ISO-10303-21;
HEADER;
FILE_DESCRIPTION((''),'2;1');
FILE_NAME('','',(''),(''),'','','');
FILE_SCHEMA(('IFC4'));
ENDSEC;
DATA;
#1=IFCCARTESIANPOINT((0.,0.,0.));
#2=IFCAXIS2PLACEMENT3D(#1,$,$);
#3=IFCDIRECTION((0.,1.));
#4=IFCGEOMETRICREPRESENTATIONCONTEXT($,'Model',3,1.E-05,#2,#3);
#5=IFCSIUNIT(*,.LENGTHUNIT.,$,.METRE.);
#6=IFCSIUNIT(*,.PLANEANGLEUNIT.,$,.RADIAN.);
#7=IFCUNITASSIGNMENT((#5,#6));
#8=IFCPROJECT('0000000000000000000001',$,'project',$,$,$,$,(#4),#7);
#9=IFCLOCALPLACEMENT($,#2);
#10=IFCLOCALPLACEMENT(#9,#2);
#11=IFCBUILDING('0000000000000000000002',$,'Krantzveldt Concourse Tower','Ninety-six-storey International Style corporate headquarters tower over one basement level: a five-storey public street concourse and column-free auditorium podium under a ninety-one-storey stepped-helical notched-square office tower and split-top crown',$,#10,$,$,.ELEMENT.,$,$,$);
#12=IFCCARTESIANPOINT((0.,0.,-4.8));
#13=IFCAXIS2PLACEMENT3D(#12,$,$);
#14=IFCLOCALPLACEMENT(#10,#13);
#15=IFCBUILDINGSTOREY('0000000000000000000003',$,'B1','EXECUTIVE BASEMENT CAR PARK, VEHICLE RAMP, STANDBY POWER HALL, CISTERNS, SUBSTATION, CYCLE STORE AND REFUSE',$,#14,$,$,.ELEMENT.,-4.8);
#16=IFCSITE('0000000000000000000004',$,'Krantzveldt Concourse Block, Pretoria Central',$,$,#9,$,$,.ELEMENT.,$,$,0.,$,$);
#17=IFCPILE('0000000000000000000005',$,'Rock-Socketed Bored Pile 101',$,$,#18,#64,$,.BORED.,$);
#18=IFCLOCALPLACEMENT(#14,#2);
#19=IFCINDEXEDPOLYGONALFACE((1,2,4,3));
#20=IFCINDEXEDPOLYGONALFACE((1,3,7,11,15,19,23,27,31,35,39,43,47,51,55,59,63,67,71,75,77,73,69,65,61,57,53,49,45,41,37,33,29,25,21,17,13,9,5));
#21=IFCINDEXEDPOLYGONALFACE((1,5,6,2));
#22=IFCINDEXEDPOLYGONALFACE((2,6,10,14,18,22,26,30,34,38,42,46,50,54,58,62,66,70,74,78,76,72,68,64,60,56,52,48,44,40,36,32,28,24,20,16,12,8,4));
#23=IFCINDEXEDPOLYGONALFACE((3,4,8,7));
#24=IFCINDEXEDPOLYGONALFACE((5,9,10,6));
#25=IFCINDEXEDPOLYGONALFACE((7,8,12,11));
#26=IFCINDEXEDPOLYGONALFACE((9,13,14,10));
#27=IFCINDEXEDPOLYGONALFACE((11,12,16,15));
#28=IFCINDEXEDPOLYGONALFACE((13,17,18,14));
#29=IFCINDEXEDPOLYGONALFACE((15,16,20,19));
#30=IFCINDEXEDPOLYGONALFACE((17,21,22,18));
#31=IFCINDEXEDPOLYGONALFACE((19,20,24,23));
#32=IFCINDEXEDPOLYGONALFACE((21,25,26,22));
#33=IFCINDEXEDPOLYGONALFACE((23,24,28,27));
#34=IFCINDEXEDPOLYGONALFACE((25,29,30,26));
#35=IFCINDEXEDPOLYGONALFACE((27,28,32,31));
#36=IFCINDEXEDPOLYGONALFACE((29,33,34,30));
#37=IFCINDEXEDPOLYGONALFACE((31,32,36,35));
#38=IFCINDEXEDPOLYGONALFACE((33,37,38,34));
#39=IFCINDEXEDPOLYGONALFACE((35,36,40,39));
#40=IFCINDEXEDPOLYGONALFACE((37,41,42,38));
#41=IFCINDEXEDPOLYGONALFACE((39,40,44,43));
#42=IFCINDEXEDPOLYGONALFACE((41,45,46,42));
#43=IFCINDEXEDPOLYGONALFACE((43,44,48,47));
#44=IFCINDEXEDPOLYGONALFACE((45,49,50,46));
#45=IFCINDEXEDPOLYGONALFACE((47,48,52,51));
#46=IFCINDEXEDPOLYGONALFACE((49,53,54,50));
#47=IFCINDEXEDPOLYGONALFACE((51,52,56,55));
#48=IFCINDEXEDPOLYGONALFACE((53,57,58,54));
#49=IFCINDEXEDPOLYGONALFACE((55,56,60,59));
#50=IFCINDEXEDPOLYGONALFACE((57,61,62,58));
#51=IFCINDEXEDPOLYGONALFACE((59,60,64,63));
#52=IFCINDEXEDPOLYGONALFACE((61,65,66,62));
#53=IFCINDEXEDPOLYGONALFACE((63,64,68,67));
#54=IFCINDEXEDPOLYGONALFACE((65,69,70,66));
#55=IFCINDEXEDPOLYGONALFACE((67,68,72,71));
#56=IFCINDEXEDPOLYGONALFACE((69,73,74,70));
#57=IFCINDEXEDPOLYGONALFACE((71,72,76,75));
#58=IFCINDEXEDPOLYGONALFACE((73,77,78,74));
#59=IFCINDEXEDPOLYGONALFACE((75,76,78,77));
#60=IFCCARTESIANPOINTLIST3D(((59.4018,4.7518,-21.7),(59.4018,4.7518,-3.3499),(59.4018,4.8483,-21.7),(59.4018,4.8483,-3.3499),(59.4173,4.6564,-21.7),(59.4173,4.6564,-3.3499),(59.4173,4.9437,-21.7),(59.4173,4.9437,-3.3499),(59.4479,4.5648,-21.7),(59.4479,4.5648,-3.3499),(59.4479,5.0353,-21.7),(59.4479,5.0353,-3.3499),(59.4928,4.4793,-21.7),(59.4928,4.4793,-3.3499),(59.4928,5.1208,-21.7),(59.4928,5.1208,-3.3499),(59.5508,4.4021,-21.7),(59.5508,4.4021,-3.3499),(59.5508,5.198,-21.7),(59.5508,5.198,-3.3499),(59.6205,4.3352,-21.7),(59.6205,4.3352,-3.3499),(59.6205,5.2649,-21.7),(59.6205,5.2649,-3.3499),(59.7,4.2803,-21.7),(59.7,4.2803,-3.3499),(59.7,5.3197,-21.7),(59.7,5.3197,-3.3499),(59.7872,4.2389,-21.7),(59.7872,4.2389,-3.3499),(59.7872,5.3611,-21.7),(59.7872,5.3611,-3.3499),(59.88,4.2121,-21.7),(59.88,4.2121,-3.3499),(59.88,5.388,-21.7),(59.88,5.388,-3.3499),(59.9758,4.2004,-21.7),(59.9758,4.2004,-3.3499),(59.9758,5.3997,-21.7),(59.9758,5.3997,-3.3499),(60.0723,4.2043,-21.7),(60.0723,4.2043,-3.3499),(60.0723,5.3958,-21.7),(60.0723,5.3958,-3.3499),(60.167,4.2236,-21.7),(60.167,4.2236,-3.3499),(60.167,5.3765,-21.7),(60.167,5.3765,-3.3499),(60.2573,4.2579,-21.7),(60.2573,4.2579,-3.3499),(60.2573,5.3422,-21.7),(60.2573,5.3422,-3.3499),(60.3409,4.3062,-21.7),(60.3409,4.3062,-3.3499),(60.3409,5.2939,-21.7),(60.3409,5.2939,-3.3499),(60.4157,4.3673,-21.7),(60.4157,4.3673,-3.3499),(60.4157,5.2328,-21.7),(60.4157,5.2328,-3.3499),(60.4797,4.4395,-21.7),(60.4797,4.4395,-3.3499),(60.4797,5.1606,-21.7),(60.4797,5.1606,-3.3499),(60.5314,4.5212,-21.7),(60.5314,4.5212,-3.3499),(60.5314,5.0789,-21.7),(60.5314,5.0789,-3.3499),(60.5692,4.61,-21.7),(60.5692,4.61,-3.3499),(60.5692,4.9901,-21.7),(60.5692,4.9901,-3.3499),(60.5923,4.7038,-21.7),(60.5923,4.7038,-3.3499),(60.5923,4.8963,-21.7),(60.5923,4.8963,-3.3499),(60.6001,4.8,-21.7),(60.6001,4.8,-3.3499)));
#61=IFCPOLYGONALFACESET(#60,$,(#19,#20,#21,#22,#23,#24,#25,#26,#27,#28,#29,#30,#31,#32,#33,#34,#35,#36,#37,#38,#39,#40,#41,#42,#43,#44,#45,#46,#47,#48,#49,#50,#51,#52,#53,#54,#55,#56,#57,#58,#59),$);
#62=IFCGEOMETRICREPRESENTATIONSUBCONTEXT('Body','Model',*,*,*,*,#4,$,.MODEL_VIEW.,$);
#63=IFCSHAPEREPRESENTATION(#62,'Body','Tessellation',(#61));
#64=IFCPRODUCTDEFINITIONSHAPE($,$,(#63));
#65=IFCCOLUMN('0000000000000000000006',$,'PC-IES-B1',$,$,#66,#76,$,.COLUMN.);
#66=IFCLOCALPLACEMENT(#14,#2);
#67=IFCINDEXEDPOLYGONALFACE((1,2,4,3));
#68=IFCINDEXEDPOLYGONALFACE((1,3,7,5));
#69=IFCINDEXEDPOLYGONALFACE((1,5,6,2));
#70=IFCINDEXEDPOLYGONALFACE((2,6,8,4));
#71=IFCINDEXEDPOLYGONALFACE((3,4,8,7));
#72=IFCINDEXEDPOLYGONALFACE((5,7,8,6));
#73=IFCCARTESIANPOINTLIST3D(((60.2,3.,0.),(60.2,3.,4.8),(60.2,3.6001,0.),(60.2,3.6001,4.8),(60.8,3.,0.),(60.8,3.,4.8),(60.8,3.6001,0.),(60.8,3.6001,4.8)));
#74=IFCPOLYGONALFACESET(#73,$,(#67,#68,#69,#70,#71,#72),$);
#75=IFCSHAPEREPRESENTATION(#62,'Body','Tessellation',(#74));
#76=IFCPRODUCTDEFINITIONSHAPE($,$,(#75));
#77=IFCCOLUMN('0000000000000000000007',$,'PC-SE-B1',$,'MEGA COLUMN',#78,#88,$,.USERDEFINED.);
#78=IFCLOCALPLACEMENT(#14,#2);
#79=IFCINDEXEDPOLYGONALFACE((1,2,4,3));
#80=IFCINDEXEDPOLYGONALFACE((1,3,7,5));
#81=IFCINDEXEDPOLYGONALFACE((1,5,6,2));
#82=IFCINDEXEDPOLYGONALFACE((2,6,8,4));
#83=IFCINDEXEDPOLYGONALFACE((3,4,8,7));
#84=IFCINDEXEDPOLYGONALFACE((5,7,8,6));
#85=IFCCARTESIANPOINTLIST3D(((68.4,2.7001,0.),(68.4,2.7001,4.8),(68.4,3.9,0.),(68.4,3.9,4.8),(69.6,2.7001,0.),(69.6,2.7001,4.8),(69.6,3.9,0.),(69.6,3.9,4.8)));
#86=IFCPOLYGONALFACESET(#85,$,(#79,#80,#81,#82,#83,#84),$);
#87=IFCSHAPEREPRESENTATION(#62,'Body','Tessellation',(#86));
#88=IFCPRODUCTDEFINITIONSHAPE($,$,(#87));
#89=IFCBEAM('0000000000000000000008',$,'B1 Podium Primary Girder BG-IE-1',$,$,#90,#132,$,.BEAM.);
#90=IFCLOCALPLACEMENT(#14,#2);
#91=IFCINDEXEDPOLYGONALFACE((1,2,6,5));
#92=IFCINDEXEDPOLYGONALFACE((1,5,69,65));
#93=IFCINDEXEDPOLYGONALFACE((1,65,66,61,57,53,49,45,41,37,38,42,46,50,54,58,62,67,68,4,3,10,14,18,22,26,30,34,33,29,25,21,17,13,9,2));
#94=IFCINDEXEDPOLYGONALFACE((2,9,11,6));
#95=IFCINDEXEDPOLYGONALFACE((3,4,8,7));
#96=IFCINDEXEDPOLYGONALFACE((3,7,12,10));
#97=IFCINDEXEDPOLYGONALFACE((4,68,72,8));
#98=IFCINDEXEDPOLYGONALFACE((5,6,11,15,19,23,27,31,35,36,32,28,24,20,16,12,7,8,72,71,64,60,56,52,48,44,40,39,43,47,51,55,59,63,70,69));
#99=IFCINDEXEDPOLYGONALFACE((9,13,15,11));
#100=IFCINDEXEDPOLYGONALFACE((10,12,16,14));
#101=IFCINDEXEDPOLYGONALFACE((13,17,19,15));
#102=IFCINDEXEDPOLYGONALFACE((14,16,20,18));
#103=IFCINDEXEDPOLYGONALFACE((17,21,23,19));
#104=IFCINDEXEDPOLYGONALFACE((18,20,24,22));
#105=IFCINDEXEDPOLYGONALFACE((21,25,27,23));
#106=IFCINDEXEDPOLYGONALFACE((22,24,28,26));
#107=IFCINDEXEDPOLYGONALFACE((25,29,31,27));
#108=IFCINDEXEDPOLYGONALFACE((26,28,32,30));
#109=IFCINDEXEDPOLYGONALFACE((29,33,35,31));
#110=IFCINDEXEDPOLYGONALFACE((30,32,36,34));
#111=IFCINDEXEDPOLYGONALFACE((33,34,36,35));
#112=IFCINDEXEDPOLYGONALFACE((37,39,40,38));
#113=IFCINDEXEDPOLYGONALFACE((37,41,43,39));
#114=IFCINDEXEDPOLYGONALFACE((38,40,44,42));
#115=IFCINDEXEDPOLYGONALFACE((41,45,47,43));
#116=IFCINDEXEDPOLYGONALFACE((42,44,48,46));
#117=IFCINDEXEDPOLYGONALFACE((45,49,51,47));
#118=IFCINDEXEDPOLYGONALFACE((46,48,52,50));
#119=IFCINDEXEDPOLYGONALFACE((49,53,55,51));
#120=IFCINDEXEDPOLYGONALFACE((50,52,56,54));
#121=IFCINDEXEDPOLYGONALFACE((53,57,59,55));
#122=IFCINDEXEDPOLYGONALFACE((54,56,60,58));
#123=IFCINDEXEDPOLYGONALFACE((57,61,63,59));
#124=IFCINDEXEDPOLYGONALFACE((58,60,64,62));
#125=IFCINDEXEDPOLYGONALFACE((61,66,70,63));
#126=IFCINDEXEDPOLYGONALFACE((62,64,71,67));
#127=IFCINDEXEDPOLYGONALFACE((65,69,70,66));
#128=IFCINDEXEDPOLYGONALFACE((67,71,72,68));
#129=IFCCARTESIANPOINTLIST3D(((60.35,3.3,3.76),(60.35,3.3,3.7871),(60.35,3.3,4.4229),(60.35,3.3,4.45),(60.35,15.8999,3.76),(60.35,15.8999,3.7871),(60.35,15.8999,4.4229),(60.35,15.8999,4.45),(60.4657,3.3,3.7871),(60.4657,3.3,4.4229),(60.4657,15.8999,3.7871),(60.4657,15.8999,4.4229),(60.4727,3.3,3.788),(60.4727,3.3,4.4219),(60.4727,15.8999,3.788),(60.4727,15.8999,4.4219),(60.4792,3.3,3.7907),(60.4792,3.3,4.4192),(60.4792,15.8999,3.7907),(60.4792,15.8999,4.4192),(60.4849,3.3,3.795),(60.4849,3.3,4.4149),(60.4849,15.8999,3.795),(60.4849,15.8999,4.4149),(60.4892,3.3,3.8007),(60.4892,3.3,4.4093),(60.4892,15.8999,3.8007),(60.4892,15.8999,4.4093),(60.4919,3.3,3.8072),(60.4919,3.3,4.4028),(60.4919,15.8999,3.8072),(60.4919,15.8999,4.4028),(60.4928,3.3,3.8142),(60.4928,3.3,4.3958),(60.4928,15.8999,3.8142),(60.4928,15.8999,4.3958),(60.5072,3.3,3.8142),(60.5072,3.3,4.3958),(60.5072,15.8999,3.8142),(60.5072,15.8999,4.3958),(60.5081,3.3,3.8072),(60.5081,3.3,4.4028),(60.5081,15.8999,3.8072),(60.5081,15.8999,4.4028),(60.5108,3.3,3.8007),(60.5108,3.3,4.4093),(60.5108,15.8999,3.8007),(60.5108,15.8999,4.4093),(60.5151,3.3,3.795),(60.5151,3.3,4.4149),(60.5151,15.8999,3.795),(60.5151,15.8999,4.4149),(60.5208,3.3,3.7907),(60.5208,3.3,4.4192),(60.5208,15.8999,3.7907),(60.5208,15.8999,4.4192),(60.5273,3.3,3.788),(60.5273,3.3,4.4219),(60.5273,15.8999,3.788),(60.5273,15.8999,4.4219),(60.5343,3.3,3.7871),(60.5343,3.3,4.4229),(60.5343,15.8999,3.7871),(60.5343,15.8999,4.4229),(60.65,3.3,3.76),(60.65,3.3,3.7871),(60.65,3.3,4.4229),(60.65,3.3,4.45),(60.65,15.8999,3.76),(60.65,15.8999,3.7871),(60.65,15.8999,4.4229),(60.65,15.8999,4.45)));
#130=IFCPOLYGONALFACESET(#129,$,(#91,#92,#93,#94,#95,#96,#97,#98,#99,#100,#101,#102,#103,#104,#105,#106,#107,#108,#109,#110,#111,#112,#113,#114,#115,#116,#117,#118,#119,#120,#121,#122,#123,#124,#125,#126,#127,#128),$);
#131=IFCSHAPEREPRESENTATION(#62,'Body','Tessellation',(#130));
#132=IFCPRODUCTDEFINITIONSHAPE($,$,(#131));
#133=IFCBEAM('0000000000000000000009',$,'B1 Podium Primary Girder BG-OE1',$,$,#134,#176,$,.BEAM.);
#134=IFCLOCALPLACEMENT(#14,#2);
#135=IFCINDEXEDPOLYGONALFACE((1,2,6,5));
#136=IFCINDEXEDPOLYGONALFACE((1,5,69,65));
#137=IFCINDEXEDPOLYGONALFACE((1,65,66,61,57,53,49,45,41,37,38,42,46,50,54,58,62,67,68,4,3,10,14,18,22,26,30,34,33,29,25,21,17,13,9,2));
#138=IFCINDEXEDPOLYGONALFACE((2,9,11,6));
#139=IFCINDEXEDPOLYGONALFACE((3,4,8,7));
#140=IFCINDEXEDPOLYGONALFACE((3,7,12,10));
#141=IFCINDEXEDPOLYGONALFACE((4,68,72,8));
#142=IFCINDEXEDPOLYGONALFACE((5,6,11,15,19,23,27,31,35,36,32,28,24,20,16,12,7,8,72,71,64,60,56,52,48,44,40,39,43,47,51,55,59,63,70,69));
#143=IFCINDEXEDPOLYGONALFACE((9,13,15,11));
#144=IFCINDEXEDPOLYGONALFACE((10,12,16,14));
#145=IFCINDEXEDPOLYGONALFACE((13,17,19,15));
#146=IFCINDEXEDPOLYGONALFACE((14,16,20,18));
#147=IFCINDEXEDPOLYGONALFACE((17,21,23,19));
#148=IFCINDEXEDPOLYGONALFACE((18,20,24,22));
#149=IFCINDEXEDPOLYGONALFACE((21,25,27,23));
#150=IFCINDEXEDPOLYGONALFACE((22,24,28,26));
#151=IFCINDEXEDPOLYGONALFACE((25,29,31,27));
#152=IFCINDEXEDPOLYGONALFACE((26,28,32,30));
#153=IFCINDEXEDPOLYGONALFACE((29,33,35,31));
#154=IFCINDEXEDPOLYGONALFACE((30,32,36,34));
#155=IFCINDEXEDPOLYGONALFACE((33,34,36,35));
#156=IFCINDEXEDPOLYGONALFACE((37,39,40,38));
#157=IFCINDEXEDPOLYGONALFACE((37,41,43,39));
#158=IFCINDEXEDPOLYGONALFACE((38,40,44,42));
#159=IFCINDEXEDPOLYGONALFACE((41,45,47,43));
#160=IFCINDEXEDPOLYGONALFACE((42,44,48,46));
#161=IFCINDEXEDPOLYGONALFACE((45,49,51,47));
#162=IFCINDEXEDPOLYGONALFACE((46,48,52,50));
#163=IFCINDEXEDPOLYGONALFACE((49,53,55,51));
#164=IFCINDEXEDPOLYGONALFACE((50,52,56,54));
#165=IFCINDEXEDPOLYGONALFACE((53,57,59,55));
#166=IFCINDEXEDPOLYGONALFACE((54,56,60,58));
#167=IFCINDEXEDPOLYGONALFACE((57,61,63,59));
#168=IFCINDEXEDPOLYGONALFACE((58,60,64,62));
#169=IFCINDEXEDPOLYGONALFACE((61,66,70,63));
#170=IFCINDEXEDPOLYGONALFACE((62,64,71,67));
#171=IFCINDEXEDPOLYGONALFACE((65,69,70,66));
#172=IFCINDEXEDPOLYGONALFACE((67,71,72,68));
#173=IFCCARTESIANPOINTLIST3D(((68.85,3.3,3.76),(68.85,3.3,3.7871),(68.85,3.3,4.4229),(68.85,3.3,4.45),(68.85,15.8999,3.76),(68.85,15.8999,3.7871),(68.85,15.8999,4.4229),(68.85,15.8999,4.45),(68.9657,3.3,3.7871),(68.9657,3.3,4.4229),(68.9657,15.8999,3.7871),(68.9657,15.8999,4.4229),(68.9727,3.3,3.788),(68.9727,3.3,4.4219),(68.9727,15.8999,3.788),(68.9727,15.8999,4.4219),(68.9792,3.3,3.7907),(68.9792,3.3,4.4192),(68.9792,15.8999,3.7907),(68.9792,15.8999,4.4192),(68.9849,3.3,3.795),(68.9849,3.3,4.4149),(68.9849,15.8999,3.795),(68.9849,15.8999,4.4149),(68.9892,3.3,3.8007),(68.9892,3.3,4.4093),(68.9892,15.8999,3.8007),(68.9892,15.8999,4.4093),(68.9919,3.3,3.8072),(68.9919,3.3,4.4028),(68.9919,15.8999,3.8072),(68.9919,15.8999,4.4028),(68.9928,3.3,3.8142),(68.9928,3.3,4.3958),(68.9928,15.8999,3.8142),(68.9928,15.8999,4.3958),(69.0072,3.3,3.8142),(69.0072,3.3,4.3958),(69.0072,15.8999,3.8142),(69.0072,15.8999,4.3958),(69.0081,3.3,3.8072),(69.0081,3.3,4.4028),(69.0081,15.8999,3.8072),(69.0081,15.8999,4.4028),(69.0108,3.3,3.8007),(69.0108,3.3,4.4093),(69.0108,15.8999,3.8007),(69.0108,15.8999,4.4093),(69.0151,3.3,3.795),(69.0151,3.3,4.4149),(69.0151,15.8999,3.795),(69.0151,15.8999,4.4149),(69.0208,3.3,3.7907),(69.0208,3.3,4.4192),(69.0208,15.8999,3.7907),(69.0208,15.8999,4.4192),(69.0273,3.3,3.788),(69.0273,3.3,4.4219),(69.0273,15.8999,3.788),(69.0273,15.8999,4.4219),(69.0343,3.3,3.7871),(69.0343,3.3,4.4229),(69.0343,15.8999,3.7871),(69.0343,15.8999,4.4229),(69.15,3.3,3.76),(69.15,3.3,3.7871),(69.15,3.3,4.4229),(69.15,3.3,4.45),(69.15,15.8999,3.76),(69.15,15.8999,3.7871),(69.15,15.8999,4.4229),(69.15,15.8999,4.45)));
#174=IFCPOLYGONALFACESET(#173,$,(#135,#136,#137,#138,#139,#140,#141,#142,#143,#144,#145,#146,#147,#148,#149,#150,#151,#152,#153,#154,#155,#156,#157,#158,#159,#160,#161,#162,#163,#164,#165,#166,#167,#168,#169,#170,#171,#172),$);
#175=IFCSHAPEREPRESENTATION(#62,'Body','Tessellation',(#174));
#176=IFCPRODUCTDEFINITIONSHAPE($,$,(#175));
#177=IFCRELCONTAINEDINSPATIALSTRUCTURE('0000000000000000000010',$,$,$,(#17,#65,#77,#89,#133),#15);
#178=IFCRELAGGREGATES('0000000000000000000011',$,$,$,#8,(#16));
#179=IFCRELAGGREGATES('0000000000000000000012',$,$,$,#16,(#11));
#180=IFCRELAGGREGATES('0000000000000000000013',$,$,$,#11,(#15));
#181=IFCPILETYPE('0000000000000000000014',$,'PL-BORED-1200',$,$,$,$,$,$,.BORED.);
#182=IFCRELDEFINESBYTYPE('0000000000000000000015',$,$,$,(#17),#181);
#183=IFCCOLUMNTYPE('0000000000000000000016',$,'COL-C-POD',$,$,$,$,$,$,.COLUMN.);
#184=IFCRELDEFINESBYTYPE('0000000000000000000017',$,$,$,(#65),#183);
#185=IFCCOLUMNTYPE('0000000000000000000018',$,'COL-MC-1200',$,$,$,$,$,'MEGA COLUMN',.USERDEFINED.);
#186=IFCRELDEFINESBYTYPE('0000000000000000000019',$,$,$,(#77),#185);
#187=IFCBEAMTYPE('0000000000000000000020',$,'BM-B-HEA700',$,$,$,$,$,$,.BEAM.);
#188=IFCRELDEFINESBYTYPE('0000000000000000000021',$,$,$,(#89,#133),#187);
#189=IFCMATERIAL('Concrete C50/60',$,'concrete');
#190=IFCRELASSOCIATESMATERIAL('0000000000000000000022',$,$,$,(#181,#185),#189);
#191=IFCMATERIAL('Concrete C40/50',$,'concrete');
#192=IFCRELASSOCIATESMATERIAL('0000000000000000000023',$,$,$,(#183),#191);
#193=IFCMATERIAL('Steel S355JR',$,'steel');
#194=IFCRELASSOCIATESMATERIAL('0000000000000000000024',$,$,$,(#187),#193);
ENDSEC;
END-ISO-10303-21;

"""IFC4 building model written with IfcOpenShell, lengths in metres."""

from ifc_helpers import new_model, si_unit, direction, frame, origin, origin_2d, place, context, subcontext, project, spatial, rectangle, circle, i_section, extrude, source, transform, mapped, material, material_profile, profile_set, type_object, type_shapes, element, save


model = new_model("IFC4")

# Units and contexts
model_context = context("Model", 3, precision=1e-05, world=origin(), true_north=direction((0.0, 1.0)))
body_context = subcontext(model_context, "Body", "Model", "MODEL_VIEW")
ifc_project = project(units=[si_unit("LENGTHUNIT", "METRE"), si_unit("PLANEANGLEUNIT", "RADIAN")], contexts=[model_context])

# Site, building, storey
site_placement = place(None, origin())
site = spatial("IfcSite", under=ifc_project, at=site_placement, Name="Krantzveldt Concourse Block, Pretoria Central", CompositionType="ELEMENT", RefElevation=0.0)
building_placement = place(site_placement, origin())
building = spatial("IfcBuilding", under=site, at=building_placement, Name="Krantzveldt Concourse Tower", Description="Ninety-six-storey International Style corporate headquarters tower over one basement level: a five-storey public street concourse and column-free auditorium podium under a ninety-one-storey stepped-helical notched-square office tower and split-top crown", CompositionType="ELEMENT")
storey_placement = place(building_placement, frame((0.0, 0.0, -4.8)))
storey = spatial("IfcBuildingStorey", under=building, at=storey_placement, Name="B1", Description="EXECUTIVE BASEMENT CAR PARK, VEHICLE RAMP, STANDBY POWER HALL, CISTERNS, SUBSTATION, CYCLE STORE AND REFUSE", CompositionType="ELEMENT", Elevation=-4.8)

# Shared definitions
ifc_material_1 = material(Name="Concrete C50/60", Category="concrete")
ifc_material_profile_1 = material_profile(ifc_material_1, circle(Radius=0.6001, at=origin_2d()), Name="Concrete C50/60", Category="concrete")
ifc_profile_set_1 = profile_set([ifc_material_profile_1], Name="Concrete C50/60 - PILE D1200")
pile_type = type_object("IfcPileType", Name="PL-BORED-1200", PredefinedType="BORED", material=ifc_profile_set_1)

# Shared definitions
ifc_material_2 = material(Name="Concrete C40/50", Category="concrete")

# Pile
shared_shape_1 = source(origin(), body_context, "Body", "SweptSolid", [
    extrude(circle(Radius=0.6001, at=origin_2d()), origin(), (0.0, 0.0, 1.0), 18.3501),
])
for number, where, z_axis, x_axis, name in (
    (1, (60.0, 4.8, -3.3499), (0.0, 0.0, -1.0), (1.0, 0.0, 0.0), "Rock-Socketed Bored Pile 101"),
):
    element("IfcPile", number, at=place(storey_placement, frame(where, z_axis=z_axis, x_axis=x_axis)), inside=storey, type_object=pile_type, Name=name, PredefinedType="BORED", context=body_context, shape_type="MappedRepresentation", body=[
        mapped(shared_shape_1, transform((0.0, 0.0, 0.0), x_axis=(1.0, 0.0, 0.0), y_axis=(0.0, 1.0, 0.0), z_axis=(0.0, 0.0, 1.0), scale=1.0)),
    ])

# Columns
ifc_material_profile_2 = material_profile(ifc_material_2, rectangle(XDim=0.6001, YDim=0.6001, at=origin_2d()), Name="Concrete C40/50", Category="concrete")
ifc_profile_set_2 = profile_set([ifc_material_profile_2], Name="Concrete C40/50 - RC 600x600")
column_type_1 = type_object("IfcColumnType", Name="COL-C-POD", PredefinedType="COLUMN", material=ifc_profile_set_2)
shared_shape_2 = source(origin(), body_context, "Body", "SweptSolid", [
    extrude(rectangle(XDim=0.6001, YDim=0.6001, at=origin_2d()), origin(), (0.0, 0.0, 1.0), 4.8),
])
type_shapes(column_type_1, [shared_shape_2])
column_1_placement = place(storey_placement, frame((60.5, 3.3, 0.0), z_axis=(0.0, 0.0, 1.0), x_axis=(1.0, 0.0, 0.0)))
element("IfcColumn", 2, at=column_1_placement, inside=storey, type_object=column_type_1, Name="PC-IES-B1", PredefinedType="COLUMN", context=body_context, shape_type="MappedRepresentation", body=[
    mapped(shared_shape_2, transform((0.0, 0.0, 0.0), x_axis=(1.0, 0.0, 0.0), y_axis=(0.0, 1.0, 0.0), z_axis=(0.0, 0.0, 1.0), scale=1.0)),
])
ifc_material_profile_3 = material_profile(ifc_material_1, rectangle(XDim=1.2, YDim=1.2, at=origin_2d()), Name="Concrete C50/60", Category="concrete")
ifc_profile_set_3 = profile_set([ifc_material_profile_3], Name="Concrete C50/60 - RC 1200x1200")
column_type_2 = type_object("IfcColumnType", Name="COL-MC-1200", ElementType="MEGA COLUMN", PredefinedType="USERDEFINED", material=ifc_profile_set_3)
shared_shape_3 = source(origin(), body_context, "Body", "SweptSolid", [
    extrude(rectangle(XDim=1.2, YDim=1.2, at=origin_2d()), origin(), (0.0, 0.0, 1.0), 4.8),
])
type_shapes(column_type_2, [shared_shape_3])
column_2_placement = place(storey_placement, frame((69.0, 3.3, 0.0), z_axis=(0.0, 0.0, 1.0), x_axis=(1.0, 0.0, 0.0)))
element("IfcColumn", 3, at=column_2_placement, inside=storey, type_object=column_type_2, Name="PC-SE-B1", ObjectType="MEGA COLUMN", PredefinedType="USERDEFINED", context=body_context, shape_type="MappedRepresentation", body=[
    mapped(shared_shape_3, transform((0.0, 0.0, 0.0), x_axis=(1.0, 0.0, 0.0), y_axis=(0.0, 1.0, 0.0), z_axis=(0.0, 0.0, 1.0), scale=1.0)),
])

# Beams
ifc_material_3 = material(Name="Steel S355JR", Category="steel")
ifc_material_profile_4 = material_profile(ifc_material_3, i_section(OverallWidth=0.3, OverallDepth=0.6899, WebThickness=0.0144, FlangeThickness=0.0271, FilletRadius=0.0271, at=origin_2d()), Name="Steel S355JR", Category="steel")
ifc_profile_set_4 = profile_set([ifc_material_profile_4], Name="Steel S355JR - HEA 700")
beam_type_1 = type_object("IfcBeamType", Name="BM-B-HEA700", PredefinedType="BEAM", material=ifc_profile_set_4)
shared_shape_4 = source(origin(), body_context, "Body", "SweptSolid", [
    extrude(i_section(OverallWidth=0.3, OverallDepth=0.6899, WebThickness=0.0144, FlangeThickness=0.0271, FilletRadius=0.0271, at=origin_2d()), origin(), (0.0, 0.0, 1.0), 12.5999),
])
type_shapes(beam_type_1, [shared_shape_4])
for number, where, z_axis, x_axis, name in (
    (4, (60.5, 3.3, 4.105), (0.0, 1.0, 0.0), (-1.0, 0.0, 0.0), "B1 Podium Primary Girder BG-IE-1"),
    (5, (69.0, 3.3, 4.105), (0.0, 1.0, 0.0), (-1.0, 0.0, 0.0), "B1 Podium Primary Girder BG-OE1"),
):
    element("IfcBeam", number, at=place(storey_placement, frame(where, z_axis=z_axis, x_axis=x_axis)), inside=storey, type_object=beam_type_1, Name=name, PredefinedType="BEAM", context=body_context, shape_type="MappedRepresentation", body=[
        mapped(shared_shape_4, transform((0.0, 0.0, 0.0), x_axis=(1.0, 0.0, 0.0), y_axis=(0.0, 1.0, 0.0), z_axis=(0.0, 0.0, 1.0), scale=1.0)),
    ])

save(model, "model.ifc")
